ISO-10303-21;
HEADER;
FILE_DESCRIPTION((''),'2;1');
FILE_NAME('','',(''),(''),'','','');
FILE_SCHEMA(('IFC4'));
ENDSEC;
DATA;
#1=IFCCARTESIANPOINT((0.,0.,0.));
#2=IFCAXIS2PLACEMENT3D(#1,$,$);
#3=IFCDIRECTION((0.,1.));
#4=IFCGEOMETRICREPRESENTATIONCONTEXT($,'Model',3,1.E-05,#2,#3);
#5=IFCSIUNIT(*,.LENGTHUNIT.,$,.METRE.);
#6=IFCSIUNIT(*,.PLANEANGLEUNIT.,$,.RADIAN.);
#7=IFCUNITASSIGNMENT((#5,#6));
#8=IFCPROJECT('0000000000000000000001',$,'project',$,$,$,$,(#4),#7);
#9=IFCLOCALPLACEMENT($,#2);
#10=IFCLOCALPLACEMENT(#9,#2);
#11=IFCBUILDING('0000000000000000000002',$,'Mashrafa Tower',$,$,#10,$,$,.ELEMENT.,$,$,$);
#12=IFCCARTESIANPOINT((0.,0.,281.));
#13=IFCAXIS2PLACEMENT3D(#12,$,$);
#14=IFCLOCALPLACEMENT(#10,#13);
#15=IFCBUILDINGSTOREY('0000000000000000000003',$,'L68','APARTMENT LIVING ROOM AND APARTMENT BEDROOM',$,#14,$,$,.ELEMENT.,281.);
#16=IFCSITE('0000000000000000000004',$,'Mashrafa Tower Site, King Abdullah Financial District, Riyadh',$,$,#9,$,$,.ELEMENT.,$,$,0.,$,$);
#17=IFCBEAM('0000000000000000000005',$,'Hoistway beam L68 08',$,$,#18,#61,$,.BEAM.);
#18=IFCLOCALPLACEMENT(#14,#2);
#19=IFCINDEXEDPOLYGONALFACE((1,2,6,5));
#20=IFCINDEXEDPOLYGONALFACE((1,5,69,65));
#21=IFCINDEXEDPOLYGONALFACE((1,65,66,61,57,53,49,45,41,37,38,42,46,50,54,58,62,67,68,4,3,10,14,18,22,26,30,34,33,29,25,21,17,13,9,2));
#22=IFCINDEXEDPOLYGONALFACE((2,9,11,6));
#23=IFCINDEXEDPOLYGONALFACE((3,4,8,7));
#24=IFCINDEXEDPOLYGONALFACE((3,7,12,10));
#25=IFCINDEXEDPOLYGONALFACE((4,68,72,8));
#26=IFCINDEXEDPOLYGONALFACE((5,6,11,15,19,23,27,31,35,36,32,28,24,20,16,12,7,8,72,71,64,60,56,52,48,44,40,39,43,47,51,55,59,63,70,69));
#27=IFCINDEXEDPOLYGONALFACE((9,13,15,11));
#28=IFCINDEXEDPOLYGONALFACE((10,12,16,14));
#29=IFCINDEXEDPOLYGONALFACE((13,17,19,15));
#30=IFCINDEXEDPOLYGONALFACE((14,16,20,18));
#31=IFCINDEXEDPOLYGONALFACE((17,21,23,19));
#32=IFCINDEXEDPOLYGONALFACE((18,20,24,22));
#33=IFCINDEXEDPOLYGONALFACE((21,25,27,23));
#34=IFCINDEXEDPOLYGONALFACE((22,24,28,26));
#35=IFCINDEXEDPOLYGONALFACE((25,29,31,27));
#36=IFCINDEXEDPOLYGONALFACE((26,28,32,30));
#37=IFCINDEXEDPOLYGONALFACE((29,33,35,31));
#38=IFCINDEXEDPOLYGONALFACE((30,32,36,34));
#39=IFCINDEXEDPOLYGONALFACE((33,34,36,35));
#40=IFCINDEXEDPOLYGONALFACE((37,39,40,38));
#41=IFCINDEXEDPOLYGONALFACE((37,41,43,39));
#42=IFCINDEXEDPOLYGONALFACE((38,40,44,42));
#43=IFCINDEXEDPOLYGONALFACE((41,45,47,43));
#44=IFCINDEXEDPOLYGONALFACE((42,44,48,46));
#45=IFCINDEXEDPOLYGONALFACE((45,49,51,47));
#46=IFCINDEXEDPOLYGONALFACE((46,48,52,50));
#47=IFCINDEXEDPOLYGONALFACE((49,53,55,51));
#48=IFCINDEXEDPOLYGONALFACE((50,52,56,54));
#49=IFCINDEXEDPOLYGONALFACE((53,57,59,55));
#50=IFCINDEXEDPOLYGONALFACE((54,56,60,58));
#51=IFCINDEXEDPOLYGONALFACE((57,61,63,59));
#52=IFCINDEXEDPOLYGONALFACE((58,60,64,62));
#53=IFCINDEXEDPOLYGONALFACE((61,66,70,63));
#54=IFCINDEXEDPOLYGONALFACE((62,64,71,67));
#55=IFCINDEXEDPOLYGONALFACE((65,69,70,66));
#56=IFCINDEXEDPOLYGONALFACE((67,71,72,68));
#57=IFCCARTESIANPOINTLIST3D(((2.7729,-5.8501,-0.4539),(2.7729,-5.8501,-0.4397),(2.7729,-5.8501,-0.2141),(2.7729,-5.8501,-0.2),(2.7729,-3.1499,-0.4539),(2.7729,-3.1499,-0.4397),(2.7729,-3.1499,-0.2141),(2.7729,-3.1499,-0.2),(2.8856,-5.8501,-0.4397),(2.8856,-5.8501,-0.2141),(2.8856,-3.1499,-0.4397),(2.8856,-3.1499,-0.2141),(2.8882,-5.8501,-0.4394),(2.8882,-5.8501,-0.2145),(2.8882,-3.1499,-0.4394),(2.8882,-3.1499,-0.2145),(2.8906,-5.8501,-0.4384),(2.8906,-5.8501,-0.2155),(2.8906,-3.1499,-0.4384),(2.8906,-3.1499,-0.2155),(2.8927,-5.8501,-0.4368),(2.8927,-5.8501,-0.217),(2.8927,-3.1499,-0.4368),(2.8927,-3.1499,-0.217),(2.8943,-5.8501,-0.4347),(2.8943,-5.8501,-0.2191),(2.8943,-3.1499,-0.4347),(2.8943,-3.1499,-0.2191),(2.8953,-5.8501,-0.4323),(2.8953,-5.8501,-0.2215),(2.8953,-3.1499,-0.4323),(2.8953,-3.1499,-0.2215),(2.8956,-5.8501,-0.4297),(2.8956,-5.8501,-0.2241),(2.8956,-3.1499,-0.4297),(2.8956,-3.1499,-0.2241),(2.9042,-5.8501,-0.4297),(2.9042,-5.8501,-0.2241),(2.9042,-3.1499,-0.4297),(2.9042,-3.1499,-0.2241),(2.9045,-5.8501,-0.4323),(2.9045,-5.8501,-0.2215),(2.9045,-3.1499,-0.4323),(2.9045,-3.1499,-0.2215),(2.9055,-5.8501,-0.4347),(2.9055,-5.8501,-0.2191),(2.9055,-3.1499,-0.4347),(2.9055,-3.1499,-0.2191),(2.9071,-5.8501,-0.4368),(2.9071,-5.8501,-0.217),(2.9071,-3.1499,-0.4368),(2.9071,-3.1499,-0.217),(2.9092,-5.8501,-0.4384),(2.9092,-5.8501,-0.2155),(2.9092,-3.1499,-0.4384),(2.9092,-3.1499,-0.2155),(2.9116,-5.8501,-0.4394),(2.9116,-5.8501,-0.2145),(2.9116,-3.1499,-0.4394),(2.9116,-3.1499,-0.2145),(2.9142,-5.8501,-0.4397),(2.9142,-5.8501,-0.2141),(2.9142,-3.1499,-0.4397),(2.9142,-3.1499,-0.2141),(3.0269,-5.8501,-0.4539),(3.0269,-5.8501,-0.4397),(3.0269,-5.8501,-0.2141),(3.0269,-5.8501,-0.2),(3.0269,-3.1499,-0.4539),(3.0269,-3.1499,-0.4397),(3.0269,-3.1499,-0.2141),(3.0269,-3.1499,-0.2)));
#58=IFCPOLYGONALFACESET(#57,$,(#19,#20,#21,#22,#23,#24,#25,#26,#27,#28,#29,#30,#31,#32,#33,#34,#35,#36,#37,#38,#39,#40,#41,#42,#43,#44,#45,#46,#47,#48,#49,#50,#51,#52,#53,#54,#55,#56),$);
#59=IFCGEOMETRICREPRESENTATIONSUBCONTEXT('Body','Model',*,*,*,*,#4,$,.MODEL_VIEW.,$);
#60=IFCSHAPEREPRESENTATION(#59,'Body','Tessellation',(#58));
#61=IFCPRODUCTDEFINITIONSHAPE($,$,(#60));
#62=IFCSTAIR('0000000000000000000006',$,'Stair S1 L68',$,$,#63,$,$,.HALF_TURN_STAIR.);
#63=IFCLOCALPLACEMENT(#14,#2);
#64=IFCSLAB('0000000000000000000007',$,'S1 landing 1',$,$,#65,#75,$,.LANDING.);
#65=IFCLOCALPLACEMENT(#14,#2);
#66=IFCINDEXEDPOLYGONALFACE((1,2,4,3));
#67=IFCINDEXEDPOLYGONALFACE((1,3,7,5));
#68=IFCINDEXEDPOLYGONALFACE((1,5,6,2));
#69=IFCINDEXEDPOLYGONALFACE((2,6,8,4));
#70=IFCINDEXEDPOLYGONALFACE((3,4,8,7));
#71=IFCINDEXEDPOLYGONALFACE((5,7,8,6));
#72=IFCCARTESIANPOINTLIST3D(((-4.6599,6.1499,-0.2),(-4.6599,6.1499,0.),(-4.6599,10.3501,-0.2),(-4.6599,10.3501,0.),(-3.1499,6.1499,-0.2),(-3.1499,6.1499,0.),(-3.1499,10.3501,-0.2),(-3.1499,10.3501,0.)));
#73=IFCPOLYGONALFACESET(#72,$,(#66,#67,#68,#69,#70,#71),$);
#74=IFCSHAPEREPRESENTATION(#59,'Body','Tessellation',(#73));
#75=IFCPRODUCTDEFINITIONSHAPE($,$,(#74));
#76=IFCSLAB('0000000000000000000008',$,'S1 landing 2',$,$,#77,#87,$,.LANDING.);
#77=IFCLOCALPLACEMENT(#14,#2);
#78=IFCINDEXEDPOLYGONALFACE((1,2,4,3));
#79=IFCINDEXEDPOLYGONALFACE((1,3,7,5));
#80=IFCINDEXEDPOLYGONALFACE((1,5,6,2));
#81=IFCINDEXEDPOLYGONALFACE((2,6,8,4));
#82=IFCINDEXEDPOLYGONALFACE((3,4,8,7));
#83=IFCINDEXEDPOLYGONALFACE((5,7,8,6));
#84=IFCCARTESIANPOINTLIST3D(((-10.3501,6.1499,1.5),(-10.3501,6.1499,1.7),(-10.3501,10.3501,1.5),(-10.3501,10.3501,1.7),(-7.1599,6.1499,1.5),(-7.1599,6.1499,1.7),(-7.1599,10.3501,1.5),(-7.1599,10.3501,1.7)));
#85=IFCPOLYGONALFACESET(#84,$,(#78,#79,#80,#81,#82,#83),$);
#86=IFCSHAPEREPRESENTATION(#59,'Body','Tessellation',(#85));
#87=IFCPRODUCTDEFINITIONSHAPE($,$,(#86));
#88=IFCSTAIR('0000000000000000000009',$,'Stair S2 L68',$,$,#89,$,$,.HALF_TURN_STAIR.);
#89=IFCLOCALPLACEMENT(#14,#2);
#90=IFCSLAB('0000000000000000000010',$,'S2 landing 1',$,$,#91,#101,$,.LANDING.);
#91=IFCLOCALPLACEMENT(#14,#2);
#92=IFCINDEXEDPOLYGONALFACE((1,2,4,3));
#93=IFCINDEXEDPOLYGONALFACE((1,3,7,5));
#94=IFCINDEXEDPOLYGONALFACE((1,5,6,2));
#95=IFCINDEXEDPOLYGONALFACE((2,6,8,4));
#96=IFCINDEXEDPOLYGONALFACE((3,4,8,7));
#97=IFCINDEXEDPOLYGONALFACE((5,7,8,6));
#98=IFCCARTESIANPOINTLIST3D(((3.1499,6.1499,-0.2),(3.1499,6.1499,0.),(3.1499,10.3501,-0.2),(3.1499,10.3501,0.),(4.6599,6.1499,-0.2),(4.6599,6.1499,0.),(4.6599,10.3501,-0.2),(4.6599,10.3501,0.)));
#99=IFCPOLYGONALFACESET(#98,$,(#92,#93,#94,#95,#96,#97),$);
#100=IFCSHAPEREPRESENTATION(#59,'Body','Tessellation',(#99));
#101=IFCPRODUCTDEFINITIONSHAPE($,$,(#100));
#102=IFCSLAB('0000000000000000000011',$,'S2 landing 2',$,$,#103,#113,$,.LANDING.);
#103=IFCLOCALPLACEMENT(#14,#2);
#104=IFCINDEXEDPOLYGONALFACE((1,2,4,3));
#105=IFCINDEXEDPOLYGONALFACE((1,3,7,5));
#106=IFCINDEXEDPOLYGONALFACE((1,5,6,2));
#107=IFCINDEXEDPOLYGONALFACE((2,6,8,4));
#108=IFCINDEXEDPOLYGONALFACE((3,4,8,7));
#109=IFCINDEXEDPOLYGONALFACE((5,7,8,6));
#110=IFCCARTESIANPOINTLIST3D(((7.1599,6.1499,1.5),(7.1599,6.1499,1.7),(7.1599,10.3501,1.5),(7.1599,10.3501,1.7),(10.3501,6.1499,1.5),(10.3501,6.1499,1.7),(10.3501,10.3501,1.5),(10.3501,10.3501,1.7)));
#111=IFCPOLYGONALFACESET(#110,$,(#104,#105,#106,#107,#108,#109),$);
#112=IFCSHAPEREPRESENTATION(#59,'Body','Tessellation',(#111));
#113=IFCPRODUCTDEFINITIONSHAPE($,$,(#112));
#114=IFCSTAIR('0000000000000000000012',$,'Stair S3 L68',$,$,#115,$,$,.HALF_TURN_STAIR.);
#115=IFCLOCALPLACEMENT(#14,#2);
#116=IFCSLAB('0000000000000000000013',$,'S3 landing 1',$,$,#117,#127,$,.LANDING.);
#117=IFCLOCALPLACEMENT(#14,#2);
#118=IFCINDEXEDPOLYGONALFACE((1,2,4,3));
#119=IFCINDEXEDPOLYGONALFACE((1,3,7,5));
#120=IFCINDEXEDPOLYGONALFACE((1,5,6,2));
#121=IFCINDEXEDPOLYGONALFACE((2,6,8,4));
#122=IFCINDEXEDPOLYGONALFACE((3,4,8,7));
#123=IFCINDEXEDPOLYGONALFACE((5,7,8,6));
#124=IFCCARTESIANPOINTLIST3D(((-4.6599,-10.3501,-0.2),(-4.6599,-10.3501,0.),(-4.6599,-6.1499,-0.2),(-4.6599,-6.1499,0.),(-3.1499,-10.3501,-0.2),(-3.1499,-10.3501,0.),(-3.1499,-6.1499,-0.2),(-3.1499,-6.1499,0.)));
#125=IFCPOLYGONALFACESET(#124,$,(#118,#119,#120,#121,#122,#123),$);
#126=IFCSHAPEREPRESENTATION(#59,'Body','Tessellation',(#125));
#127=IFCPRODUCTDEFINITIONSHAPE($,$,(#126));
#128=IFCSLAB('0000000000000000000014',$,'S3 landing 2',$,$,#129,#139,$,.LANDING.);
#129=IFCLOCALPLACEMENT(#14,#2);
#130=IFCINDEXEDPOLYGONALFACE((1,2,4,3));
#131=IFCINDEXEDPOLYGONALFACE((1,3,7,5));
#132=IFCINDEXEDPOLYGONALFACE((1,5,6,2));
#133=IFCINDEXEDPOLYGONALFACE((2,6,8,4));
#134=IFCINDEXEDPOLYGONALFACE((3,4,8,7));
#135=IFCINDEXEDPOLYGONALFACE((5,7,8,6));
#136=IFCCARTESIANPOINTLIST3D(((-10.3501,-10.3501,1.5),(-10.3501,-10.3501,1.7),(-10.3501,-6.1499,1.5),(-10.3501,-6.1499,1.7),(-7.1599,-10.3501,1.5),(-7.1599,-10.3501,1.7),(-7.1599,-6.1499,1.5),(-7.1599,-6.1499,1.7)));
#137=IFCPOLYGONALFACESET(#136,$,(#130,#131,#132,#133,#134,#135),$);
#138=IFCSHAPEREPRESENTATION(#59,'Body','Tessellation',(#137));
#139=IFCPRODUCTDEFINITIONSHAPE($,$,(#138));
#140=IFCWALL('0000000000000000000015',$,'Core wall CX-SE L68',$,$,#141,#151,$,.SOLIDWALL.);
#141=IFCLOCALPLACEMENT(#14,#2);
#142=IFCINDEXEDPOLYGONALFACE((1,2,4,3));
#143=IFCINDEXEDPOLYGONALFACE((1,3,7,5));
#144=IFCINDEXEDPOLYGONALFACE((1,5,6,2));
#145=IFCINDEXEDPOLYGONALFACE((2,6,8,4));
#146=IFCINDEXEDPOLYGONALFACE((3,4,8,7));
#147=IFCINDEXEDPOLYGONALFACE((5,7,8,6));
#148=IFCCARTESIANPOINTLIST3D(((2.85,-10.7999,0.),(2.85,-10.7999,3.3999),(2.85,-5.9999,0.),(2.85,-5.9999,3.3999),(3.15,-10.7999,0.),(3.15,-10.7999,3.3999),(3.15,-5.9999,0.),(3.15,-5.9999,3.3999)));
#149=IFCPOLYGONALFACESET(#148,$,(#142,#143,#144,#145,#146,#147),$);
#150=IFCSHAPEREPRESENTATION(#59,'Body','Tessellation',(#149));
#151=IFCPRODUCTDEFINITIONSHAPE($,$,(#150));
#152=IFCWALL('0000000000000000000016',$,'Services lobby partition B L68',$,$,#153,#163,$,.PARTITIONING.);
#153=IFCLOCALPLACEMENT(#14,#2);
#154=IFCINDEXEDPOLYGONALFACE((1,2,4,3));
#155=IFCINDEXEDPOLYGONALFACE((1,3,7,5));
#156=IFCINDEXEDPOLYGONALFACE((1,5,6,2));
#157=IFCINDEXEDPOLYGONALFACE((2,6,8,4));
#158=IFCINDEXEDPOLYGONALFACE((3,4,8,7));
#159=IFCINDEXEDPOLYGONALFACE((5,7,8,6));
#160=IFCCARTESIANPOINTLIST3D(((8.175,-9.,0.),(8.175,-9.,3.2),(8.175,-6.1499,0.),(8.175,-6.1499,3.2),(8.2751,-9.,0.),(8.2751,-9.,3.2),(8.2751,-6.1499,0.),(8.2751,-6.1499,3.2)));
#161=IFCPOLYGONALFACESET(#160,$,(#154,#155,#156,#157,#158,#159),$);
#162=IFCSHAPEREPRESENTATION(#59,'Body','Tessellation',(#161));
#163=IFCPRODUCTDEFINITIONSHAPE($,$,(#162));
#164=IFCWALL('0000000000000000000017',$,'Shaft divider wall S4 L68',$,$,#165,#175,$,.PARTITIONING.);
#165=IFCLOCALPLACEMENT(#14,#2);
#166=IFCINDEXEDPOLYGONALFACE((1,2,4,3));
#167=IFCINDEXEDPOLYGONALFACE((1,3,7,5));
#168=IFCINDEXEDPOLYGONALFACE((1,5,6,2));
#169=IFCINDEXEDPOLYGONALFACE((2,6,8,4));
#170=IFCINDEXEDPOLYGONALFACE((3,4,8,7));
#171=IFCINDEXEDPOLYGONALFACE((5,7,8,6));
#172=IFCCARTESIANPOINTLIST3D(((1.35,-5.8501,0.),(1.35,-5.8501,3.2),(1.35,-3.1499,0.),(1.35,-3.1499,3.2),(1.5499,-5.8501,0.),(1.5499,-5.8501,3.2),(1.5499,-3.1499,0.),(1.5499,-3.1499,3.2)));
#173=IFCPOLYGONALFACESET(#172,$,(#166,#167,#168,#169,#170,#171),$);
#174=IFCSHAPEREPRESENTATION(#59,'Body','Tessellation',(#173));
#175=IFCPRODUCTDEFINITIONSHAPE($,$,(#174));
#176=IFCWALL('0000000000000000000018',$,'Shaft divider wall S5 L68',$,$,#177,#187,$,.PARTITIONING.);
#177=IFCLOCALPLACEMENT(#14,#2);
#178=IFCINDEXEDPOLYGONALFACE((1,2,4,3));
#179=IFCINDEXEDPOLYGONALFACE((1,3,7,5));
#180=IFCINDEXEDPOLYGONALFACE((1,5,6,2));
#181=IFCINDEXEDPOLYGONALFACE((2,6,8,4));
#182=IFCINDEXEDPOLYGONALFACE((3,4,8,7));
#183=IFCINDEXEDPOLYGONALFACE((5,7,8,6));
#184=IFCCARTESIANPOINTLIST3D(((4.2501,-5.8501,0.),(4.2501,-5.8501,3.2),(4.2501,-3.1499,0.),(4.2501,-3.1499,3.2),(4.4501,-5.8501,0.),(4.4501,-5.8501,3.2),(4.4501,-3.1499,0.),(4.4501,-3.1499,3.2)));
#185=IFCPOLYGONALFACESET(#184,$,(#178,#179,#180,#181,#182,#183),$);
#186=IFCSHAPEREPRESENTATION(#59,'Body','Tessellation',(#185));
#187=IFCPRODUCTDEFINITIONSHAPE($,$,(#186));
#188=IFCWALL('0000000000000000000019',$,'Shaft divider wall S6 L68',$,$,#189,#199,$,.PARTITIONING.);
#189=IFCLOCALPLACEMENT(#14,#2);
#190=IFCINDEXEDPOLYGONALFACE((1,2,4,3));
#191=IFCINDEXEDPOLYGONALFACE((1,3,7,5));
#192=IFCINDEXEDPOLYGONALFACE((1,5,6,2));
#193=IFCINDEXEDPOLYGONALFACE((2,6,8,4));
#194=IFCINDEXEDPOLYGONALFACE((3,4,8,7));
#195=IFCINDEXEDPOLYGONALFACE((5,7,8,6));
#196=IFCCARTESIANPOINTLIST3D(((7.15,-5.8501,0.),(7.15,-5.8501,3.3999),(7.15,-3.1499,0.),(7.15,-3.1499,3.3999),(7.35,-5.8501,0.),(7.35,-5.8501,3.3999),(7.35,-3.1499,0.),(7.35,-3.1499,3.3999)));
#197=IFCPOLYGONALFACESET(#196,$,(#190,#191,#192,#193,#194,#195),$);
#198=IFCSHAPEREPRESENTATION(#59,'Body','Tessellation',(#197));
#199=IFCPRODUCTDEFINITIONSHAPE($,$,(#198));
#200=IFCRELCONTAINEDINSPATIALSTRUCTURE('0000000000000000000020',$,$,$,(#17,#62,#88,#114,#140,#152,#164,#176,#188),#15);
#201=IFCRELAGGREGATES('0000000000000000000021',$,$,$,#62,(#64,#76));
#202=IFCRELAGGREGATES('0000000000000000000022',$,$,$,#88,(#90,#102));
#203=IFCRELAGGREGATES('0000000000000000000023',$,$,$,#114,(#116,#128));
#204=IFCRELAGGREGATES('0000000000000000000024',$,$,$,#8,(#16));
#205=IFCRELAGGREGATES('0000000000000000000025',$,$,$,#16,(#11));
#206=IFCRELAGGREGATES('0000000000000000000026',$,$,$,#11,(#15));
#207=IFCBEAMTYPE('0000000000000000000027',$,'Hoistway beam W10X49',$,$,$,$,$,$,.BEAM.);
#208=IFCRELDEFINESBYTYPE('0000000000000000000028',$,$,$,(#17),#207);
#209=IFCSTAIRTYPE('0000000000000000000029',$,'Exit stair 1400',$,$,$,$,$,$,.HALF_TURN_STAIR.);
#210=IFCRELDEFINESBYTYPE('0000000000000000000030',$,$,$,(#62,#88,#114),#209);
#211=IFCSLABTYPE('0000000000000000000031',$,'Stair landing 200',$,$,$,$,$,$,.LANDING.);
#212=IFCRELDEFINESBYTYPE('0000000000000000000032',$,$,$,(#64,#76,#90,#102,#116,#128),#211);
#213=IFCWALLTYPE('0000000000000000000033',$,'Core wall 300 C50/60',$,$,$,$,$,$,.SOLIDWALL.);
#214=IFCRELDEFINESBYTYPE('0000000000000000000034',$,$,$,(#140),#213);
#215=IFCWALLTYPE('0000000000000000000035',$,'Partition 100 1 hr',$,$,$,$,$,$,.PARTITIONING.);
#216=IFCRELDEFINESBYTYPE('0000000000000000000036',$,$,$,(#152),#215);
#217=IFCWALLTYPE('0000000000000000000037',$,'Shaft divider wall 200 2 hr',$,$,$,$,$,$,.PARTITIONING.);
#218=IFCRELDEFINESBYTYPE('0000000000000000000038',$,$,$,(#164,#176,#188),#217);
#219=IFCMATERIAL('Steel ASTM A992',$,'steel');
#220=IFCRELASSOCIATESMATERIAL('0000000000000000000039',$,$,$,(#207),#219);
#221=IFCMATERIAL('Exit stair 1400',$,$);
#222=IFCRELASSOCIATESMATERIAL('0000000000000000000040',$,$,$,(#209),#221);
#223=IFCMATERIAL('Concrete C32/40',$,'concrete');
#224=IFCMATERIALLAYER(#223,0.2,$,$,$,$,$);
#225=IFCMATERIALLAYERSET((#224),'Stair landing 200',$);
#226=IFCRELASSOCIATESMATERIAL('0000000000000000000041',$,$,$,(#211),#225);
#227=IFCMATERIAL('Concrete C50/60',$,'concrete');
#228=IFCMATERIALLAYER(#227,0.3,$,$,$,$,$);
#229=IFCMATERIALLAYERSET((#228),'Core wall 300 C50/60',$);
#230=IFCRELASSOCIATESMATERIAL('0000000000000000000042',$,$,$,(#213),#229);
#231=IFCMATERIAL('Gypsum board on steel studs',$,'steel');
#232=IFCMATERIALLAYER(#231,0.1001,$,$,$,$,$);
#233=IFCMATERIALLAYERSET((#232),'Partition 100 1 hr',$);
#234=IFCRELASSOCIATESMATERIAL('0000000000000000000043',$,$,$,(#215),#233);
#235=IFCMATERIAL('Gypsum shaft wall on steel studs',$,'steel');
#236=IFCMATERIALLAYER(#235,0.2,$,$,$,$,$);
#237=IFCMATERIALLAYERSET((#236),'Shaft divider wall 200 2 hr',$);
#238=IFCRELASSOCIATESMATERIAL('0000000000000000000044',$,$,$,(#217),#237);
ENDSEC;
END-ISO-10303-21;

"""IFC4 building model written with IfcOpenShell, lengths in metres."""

from ifc_helpers import new_model, si_unit, direction, frame, frame_2d, origin, origin_2d, place, context, subcontext, project, spatial, polyline, rectangle, i_section, outline, extrude, material, layer, layer_set, material_profile, profile_set, type_object, element, aggregate, save


model = new_model("IFC4")

# Units and contexts
model_context = context("Model", 3, precision=1e-05, world=origin(), true_north=direction((0.0, 1.0)))
body_context = subcontext(model_context, "Body", "Model", "MODEL_VIEW")
ifc_project = project(units=[si_unit("LENGTHUNIT", "METRE"), si_unit("PLANEANGLEUNIT", "RADIAN")], contexts=[model_context])

# Site, building, storey
site_placement = place(None, origin())
site = spatial("IfcSite", under=ifc_project, at=site_placement, Name="Mashrafa Tower Site, King Abdullah Financial District, Riyadh", CompositionType="ELEMENT", RefElevation=0.0)
building_placement = place(site_placement, origin())
building = spatial("IfcBuilding", under=site, at=building_placement, Name="Mashrafa Tower", CompositionType="ELEMENT")
storey_placement = place(building_placement, frame((0.0, 0.0, 281.0)))
storey = spatial("IfcBuildingStorey", under=building, at=storey_placement, Name="L68", Description="APARTMENT LIVING ROOM AND APARTMENT BEDROOM", CompositionType="ELEMENT", Elevation=281.0)

# Beam
ifc_material_1 = material(Name="Steel ASTM A992", Category="steel")
ifc_material_profile = material_profile(ifc_material_1, i_section(OverallWidth=0.2539, OverallDepth=0.2539, WebThickness=0.0085, FlangeThickness=0.0142, FilletRadius=0.01, at=origin_2d()), Name="W10X49")
ifc_profile_set = profile_set([ifc_material_profile], Name="Steel ASTM A992")
beam_type = type_object("IfcBeamType", Name="Hoistway beam W10X49", PredefinedType="BEAM", material=ifc_profile_set)
beam_placement = place(storey_placement, frame((2.8999, -5.8501, -0.3269), z_axis=(0.0, 1.0, 0.0), x_axis=(-1.0, 0.0, 0.0)))
element("IfcBeam", 1, at=beam_placement, inside=storey, type_object=beam_type, Name="Hoistway beam L68 08", PredefinedType="BEAM", context=body_context, shape_type="SweptSolid", body=[
    extrude(i_section(OverallWidth=0.2539, OverallDepth=0.2539, WebThickness=0.0085, FlangeThickness=0.0142, FilletRadius=0.01, at=origin_2d()), origin(), (0.0, 0.0, 1.0), 2.7002),
])

# Stairs, slabs
ifc_material_2 = material(Name="Exit stair 1400")
stair_type = type_object("IfcStairType", Name="Exit stair 1400", PredefinedType="HALF_TURN_STAIR", material=ifc_material_2)
stair_1_placement = place(storey_placement, origin())
stair_1 = element("IfcStair", 2, at=stair_1_placement, inside=storey, type_object=stair_type, Name="Stair S1 L68", PredefinedType="HALF_TURN_STAIR")
ifc_material_3 = material(Name="Concrete C32/40", Category="concrete")
ifc_layer_1 = layer(ifc_material_3, 0.2)
ifc_layer_set_1 = layer_set([ifc_layer_1], Name="Stair landing 200")
slab_type = type_object("IfcSlabType", Name="Stair landing 200", PredefinedType="LANDING", material=ifc_layer_set_1)
slab_1_placement = place(storey_placement, frame((0.0, 0.0, -0.2)))
slab_1 = element("IfcSlab", 3, at=slab_1_placement, type_object=slab_type, Name="S1 landing 1", PredefinedType="LANDING", context=body_context, shape_type="SweptSolid", body=[
    extrude(outline(polyline([(-4.6599, 6.1499), (-3.1499, 6.1499), (-3.1499, 10.3501), (-4.6599, 10.3501), (-4.6599, 6.1499)])), origin(), (0.0, 0.0, 1.0), 0.2),
])
slab_2_placement = place(storey_placement, frame((0.0, 0.0, 1.5)))
slab_2 = element("IfcSlab", 4, at=slab_2_placement, type_object=slab_type, Name="S1 landing 2", PredefinedType="LANDING", context=body_context, shape_type="SweptSolid", body=[
    extrude(outline(polyline([(-10.3501, 6.1499), (-7.1599, 6.1499), (-7.1599, 10.3501), (-10.3501, 10.3501), (-10.3501, 6.1499)])), origin(), (0.0, 0.0, 1.0), 0.2),
])
aggregate(stair_1, [slab_1, slab_2])
stair_2_placement = place(storey_placement, origin())
stair_2 = element("IfcStair", 5, at=stair_2_placement, inside=storey, type_object=stair_type, Name="Stair S2 L68", PredefinedType="HALF_TURN_STAIR")
slab_3_placement = place(storey_placement, frame((0.0, 0.0, -0.2)))
slab_3 = element("IfcSlab", 6, at=slab_3_placement, type_object=slab_type, Name="S2 landing 1", PredefinedType="LANDING", context=body_context, shape_type="SweptSolid", body=[
    extrude(outline(polyline([(3.1499, 6.1499), (4.6599, 6.1499), (4.6599, 10.3501), (3.1499, 10.3501), (3.1499, 6.1499)])), origin(), (0.0, 0.0, 1.0), 0.2),
])
slab_4_placement = place(storey_placement, frame((0.0, 0.0, 1.5)))
slab_4 = element("IfcSlab", 7, at=slab_4_placement, type_object=slab_type, Name="S2 landing 2", PredefinedType="LANDING", context=body_context, shape_type="SweptSolid", body=[
    extrude(outline(polyline([(7.1599, 6.1499), (10.3501, 6.1499), (10.3501, 10.3501), (7.1599, 10.3501), (7.1599, 6.1499)])), origin(), (0.0, 0.0, 1.0), 0.2),
])
aggregate(stair_2, [slab_3, slab_4])
stair_3_placement = place(storey_placement, origin())
stair_3 = element("IfcStair", 8, at=stair_3_placement, inside=storey, type_object=stair_type, Name="Stair S3 L68", PredefinedType="HALF_TURN_STAIR")
slab_5_placement = place(storey_placement, frame((0.0, 0.0, -0.2)))
slab_5 = element("IfcSlab", 9, at=slab_5_placement, type_object=slab_type, Name="S3 landing 1", PredefinedType="LANDING", context=body_context, shape_type="SweptSolid", body=[
    extrude(outline(polyline([(-4.6599, -10.3501), (-3.1499, -10.3501), (-3.1499, -6.1499), (-4.6599, -6.1499), (-4.6599, -10.3501)])), origin(), (0.0, 0.0, 1.0), 0.2),
])
slab_6_placement = place(storey_placement, frame((0.0, 0.0, 1.5)))
slab_6 = element("IfcSlab", 10, at=slab_6_placement, type_object=slab_type, Name="S3 landing 2", PredefinedType="LANDING", context=body_context, shape_type="SweptSolid", body=[
    extrude(outline(polyline([(-10.3501, -10.3501), (-7.1599, -10.3501), (-7.1599, -6.1499), (-10.3501, -6.1499), (-10.3501, -10.3501)])), origin(), (0.0, 0.0, 1.0), 0.2),
])
aggregate(stair_3, [slab_5, slab_6])

# Walls
ifc_material_4 = material(Name="Concrete C50/60", Category="concrete")
ifc_layer_2 = layer(ifc_material_4, 0.3)
ifc_layer_set_2 = layer_set([ifc_layer_2], Name="Core wall 300 C50/60")
wall_type_1 = type_object("IfcWallType", Name="Core wall 300 C50/60", PredefinedType="SOLIDWALL", material=ifc_layer_set_2)
wall_1_placement = place(storey_placement, frame((3.0, -6.0, 0.0), z_axis=(0.0, 0.0, 1.0), x_axis=(0.0, -1.0, 0.0)))
element("IfcWall", 11, at=wall_1_placement, inside=storey, type_object=wall_type_1, Name="Core wall CX-SE L68", PredefinedType="SOLIDWALL", context=body_context, shape_type="SweptSolid", body=[
    extrude(rectangle(XDim=4.8, YDim=0.3, at=frame_2d((2.3999, 0.0))), origin(), (0.0, 0.0, 1.0), 3.3999),
])
ifc_material_5 = material(Name="Gypsum board on steel studs", Category="steel")
ifc_layer_3 = layer(ifc_material_5, 0.1001)
ifc_layer_set_3 = layer_set([ifc_layer_3], Name="Partition 100 1 hr")
wall_type_2 = type_object("IfcWallType", Name="Partition 100 1 hr", PredefinedType="PARTITIONING", material=ifc_layer_set_3)
wall_2_placement = place(storey_placement, frame((8.2251, -9.0, 0.0), z_axis=(0.0, 0.0, 1.0), x_axis=(0.0, 1.0, 0.0)))
element("IfcWall", 12, at=wall_2_placement, inside=storey, type_object=wall_type_2, Name="Services lobby partition B L68", PredefinedType="PARTITIONING", context=body_context, shape_type="SweptSolid", body=[
    extrude(rectangle(XDim=2.8501, YDim=0.1001, at=frame_2d((1.425, 0.0))), origin(), (0.0, 0.0, 1.0), 3.2),
])
ifc_material_6 = material(Name="Gypsum shaft wall on steel studs", Category="steel")
ifc_layer_4 = layer(ifc_material_6, 0.2)
ifc_layer_set_4 = layer_set([ifc_layer_4], Name="Shaft divider wall 200 2 hr")
wall_type_3 = type_object("IfcWallType", Name="Shaft divider wall 200 2 hr", PredefinedType="PARTITIONING", material=ifc_layer_set_4)
for number, where, z_axis, x_axis, name in (
    (13, (1.45, -5.8501, 0.0), (0.0, 0.0, 1.0), (0.0, 1.0, 0.0), "Shaft divider wall S4 L68"),
    (14, (4.3501, -5.8501, 0.0), (0.0, 0.0, 1.0), (0.0, 1.0, 0.0), "Shaft divider wall S5 L68"),
):
    element("IfcWall", number, at=place(storey_placement, frame(where, z_axis=z_axis, x_axis=x_axis)), inside=storey, type_object=wall_type_3, Name=name, PredefinedType="PARTITIONING", context=body_context, shape_type="SweptSolid", body=[
        extrude(rectangle(XDim=2.7002, YDim=0.2, at=frame_2d((1.3501, 0.0))), origin(), (0.0, 0.0, 1.0), 3.2),
    ])
wall_3_placement = place(storey_placement, frame((7.25, -5.8501, 0.0), z_axis=(0.0, 0.0, 1.0), x_axis=(0.0, 1.0, 0.0)))
element("IfcWall", 15, at=wall_3_placement, inside=storey, type_object=wall_type_3, Name="Shaft divider wall S6 L68", PredefinedType="PARTITIONING", context=body_context, shape_type="SweptSolid", body=[
    extrude(rectangle(XDim=2.7002, YDim=0.2, at=frame_2d((1.3501, 0.0))), origin(), (0.0, 0.0, 1.0), 3.3999),
])

save(model, "model.ifc")
